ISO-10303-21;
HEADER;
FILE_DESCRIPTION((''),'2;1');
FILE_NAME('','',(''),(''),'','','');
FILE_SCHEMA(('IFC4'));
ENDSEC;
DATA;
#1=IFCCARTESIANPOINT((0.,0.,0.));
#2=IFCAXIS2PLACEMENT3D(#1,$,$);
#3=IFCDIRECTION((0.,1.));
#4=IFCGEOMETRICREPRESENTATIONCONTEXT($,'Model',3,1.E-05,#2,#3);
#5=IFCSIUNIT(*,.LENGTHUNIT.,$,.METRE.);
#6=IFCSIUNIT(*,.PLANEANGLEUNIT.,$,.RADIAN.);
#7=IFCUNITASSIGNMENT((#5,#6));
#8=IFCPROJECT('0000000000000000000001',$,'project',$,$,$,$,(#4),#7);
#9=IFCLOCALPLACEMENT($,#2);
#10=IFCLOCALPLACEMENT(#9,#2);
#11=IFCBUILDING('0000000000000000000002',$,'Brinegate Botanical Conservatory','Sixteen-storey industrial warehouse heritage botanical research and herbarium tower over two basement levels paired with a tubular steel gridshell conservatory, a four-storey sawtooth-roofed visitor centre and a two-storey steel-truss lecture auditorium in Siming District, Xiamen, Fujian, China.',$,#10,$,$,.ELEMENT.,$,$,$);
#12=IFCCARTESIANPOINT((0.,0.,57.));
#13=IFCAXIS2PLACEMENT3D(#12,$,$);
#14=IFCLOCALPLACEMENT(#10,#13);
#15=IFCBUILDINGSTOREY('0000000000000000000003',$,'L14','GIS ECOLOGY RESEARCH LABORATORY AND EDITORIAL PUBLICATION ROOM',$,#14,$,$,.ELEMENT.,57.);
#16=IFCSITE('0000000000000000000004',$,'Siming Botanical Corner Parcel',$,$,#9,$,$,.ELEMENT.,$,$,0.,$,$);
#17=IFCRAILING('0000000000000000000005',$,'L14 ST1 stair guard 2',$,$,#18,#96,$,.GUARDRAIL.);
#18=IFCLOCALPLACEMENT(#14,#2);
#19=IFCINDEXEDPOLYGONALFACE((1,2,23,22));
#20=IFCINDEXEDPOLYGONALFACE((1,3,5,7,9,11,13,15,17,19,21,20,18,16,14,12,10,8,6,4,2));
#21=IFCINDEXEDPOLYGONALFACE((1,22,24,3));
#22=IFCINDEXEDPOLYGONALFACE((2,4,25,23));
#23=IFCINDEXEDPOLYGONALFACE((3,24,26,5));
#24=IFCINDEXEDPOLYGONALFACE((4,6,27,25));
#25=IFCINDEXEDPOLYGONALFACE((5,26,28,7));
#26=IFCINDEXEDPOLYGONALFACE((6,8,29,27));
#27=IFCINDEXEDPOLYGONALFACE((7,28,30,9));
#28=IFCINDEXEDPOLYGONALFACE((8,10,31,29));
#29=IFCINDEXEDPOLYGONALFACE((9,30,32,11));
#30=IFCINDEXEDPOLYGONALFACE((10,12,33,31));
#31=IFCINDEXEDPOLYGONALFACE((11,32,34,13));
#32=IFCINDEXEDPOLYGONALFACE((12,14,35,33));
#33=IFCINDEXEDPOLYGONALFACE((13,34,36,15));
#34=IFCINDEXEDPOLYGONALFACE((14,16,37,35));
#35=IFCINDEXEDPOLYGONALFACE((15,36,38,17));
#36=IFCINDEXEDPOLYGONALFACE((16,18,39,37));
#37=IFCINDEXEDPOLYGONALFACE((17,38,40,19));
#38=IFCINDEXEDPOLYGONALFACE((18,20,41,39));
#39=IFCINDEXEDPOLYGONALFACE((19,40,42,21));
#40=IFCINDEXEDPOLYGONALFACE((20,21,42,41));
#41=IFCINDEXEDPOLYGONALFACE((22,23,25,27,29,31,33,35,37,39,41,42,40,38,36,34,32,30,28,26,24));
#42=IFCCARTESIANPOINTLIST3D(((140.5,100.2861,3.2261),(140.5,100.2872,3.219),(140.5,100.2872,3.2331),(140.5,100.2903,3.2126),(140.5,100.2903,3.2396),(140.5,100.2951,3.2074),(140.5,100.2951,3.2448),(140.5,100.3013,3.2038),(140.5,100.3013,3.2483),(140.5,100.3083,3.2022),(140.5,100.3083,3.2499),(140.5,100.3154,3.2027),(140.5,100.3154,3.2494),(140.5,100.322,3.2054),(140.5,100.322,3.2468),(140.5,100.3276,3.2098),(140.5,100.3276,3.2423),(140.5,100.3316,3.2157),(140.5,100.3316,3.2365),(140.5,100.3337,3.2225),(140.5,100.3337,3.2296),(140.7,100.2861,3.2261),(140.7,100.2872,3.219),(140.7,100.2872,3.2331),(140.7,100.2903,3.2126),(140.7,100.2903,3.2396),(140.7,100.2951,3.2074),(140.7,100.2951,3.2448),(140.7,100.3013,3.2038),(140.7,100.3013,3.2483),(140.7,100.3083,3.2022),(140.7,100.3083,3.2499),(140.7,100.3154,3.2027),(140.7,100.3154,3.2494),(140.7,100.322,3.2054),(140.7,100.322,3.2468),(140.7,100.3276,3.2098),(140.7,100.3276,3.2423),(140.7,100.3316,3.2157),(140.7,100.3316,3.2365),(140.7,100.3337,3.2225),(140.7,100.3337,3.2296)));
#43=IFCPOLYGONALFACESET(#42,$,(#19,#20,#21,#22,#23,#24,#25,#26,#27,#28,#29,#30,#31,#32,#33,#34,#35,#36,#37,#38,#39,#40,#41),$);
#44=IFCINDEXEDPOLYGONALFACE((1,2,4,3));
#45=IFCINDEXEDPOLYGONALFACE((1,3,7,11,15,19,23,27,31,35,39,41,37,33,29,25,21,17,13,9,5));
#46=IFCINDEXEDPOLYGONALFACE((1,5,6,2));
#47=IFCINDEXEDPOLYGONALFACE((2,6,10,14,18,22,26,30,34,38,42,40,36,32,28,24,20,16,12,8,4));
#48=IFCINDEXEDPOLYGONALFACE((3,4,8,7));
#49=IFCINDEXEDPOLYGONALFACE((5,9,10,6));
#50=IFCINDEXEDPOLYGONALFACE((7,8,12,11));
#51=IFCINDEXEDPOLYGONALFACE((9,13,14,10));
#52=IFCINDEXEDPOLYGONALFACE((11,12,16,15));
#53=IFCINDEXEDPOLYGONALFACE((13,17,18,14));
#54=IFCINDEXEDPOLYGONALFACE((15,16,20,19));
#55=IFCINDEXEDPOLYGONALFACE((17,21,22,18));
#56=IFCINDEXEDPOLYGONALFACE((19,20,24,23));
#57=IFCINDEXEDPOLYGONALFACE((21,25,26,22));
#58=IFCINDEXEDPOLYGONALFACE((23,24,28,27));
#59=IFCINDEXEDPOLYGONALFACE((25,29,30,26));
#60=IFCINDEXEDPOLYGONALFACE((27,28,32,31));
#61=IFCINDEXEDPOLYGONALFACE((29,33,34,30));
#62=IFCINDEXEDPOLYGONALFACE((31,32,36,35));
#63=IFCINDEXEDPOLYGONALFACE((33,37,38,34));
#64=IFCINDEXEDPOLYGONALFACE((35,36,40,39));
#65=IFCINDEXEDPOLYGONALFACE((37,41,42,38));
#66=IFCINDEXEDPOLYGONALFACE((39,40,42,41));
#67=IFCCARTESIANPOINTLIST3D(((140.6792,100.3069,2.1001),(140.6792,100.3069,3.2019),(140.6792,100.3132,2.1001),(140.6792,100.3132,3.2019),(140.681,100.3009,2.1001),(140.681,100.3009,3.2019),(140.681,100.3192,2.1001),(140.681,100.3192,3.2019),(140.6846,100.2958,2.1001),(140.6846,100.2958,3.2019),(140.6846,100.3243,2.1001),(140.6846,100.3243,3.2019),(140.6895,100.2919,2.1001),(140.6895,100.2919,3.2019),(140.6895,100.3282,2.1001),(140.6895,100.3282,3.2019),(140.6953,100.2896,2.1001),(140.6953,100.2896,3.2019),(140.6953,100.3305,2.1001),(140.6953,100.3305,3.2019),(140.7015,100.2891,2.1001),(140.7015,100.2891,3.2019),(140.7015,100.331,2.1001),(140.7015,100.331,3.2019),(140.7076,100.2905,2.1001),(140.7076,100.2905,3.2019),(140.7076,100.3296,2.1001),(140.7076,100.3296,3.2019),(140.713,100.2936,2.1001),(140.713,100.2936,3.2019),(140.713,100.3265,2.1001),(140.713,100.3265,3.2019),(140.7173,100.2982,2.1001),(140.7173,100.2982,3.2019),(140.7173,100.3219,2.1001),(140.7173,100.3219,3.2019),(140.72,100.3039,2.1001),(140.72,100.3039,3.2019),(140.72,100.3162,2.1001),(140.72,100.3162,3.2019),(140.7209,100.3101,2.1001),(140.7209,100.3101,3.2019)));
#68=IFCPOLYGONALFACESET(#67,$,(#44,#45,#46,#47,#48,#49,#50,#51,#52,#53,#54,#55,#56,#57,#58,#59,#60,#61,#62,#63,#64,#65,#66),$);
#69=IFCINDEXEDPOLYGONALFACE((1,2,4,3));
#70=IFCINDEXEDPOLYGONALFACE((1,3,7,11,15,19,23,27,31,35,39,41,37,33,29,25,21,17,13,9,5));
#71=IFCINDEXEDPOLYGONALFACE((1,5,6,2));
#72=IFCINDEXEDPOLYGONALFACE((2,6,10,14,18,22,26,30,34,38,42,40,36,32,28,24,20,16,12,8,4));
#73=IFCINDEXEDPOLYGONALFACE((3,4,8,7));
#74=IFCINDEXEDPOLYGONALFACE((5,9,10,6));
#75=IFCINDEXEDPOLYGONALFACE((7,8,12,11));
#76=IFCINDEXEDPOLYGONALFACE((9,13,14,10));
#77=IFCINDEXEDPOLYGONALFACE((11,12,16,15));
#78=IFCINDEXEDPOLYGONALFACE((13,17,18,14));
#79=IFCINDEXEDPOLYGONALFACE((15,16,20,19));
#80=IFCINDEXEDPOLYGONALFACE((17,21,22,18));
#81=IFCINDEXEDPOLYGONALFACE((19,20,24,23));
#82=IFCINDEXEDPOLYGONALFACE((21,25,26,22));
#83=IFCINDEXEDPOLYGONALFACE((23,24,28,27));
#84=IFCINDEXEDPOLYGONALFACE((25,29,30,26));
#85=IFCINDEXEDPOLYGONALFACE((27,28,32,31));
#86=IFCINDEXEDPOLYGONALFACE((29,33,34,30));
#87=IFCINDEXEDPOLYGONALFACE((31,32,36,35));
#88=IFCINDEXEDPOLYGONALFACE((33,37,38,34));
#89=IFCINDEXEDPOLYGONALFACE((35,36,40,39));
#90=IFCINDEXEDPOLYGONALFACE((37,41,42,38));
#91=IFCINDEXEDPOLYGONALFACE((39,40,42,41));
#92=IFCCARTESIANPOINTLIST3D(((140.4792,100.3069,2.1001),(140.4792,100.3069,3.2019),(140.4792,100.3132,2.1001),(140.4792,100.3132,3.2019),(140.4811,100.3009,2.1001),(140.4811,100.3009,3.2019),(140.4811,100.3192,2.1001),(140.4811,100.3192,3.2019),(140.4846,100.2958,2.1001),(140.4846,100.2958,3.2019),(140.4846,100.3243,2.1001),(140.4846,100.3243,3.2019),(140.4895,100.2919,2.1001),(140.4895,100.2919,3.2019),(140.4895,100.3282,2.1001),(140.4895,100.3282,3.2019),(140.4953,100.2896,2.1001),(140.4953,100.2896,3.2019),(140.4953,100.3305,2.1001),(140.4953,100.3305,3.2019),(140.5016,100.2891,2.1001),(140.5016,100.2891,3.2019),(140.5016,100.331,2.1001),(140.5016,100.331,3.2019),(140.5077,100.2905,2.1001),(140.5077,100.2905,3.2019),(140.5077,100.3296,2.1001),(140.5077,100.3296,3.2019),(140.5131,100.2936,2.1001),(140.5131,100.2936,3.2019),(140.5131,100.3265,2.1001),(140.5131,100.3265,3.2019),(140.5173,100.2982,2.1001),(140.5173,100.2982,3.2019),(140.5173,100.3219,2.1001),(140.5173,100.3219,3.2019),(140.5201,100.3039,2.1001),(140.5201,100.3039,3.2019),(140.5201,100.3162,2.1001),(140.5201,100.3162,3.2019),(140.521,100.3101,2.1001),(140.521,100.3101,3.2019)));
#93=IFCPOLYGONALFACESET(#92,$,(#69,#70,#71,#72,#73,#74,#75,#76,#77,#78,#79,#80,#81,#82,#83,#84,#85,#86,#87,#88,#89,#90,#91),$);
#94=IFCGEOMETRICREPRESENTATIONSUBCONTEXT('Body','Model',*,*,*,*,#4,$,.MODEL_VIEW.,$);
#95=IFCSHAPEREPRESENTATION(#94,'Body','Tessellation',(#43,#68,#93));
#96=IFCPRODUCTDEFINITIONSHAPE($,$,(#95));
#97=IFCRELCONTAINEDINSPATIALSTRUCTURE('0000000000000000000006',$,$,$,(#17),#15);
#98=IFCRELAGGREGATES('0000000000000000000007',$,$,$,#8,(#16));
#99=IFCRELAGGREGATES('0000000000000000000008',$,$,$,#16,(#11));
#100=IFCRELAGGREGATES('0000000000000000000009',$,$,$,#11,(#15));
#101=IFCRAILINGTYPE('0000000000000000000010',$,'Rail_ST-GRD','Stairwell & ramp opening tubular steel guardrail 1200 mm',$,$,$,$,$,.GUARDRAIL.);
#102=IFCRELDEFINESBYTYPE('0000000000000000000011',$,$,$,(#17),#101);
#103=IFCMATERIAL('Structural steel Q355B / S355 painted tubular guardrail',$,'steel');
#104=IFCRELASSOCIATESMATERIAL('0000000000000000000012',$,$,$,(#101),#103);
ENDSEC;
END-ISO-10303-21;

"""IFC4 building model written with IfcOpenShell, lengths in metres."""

from ifc_helpers import new_model, si_unit, direction, frame, origin, origin_2d, place, context, subcontext, project, spatial, circle, extrude, material, type_object, element, save


model = new_model("IFC4")

# Units and contexts
model_context = context("Model", 3, precision=1e-05, world=origin(), true_north=direction((0.0, 1.0)))
body_context = subcontext(model_context, "Body", "Model", "MODEL_VIEW")
ifc_project = project(units=[si_unit("LENGTHUNIT", "METRE"), si_unit("PLANEANGLEUNIT", "RADIAN")], contexts=[model_context])

# Site, building, storey
site_placement = place(None, origin())
site = spatial("IfcSite", under=ifc_project, at=site_placement, Name="Siming Botanical Corner Parcel", CompositionType="ELEMENT", RefElevation=0.0)
building_placement = place(site_placement, origin())
building = spatial("IfcBuilding", under=site, at=building_placement, Name="Brinegate Botanical Conservatory", Description="Sixteen-storey industrial warehouse heritage botanical research and herbarium tower over two basement levels paired with a tubular steel gridshell conservatory, a four-storey sawtooth-roofed visitor centre and a two-storey steel-truss lecture auditorium in Siming District, Xiamen, Fujian, China.", CompositionType="ELEMENT")
storey_placement = place(building_placement, frame((0.0, 0.0, 57.0)))
storey = spatial("IfcBuildingStorey", under=building, at=storey_placement, Name="L14", Description="GIS ECOLOGY RESEARCH LABORATORY AND EDITORIAL PUBLICATION ROOM", CompositionType="ELEMENT", Elevation=57.0)

# Railing
ifc_material_1 = material(Name="Structural steel Q355B / S355 painted tubular guardrail", Category="steel")
railing_type_1 = type_object("IfcRailingType", Name="Rail_ST-GRD", Description="Stairwell & ramp opening tubular steel guardrail 1200 mm", PredefinedType="GUARDRAIL", material=ifc_material_1)
railing_1_placement = place(storey_placement, frame((140.7, 100.3101, 2.1001)))
element("IfcRailing", 1, at=railing_1_placement, inside=storey, type_object=railing_type_1, Name="L14 ST1 stair guard 2", PredefinedType="GUARDRAIL", context=body_context, shape_type="SweptSolid", body=[
    extrude(circle(Radius=0.0239, at=origin_2d()), frame((0.0, 0.0, 1.126), z_axis=(-1.0, 0.0, 0.0), x_axis=(0.0, -1.0, 0.0)), (0.0, 0.0, 1.0), 0.2),
    extrude(circle(Radius=0.021, at=origin_2d()), origin(), (0.0, 0.0, 1.0), 1.1018),
    extrude(circle(Radius=0.021, at=origin_2d()), frame((-0.2, 0.0, 0.0)), (0.0, 0.0, 1.0), 1.1018),
])

save(model, "model.ifc")
